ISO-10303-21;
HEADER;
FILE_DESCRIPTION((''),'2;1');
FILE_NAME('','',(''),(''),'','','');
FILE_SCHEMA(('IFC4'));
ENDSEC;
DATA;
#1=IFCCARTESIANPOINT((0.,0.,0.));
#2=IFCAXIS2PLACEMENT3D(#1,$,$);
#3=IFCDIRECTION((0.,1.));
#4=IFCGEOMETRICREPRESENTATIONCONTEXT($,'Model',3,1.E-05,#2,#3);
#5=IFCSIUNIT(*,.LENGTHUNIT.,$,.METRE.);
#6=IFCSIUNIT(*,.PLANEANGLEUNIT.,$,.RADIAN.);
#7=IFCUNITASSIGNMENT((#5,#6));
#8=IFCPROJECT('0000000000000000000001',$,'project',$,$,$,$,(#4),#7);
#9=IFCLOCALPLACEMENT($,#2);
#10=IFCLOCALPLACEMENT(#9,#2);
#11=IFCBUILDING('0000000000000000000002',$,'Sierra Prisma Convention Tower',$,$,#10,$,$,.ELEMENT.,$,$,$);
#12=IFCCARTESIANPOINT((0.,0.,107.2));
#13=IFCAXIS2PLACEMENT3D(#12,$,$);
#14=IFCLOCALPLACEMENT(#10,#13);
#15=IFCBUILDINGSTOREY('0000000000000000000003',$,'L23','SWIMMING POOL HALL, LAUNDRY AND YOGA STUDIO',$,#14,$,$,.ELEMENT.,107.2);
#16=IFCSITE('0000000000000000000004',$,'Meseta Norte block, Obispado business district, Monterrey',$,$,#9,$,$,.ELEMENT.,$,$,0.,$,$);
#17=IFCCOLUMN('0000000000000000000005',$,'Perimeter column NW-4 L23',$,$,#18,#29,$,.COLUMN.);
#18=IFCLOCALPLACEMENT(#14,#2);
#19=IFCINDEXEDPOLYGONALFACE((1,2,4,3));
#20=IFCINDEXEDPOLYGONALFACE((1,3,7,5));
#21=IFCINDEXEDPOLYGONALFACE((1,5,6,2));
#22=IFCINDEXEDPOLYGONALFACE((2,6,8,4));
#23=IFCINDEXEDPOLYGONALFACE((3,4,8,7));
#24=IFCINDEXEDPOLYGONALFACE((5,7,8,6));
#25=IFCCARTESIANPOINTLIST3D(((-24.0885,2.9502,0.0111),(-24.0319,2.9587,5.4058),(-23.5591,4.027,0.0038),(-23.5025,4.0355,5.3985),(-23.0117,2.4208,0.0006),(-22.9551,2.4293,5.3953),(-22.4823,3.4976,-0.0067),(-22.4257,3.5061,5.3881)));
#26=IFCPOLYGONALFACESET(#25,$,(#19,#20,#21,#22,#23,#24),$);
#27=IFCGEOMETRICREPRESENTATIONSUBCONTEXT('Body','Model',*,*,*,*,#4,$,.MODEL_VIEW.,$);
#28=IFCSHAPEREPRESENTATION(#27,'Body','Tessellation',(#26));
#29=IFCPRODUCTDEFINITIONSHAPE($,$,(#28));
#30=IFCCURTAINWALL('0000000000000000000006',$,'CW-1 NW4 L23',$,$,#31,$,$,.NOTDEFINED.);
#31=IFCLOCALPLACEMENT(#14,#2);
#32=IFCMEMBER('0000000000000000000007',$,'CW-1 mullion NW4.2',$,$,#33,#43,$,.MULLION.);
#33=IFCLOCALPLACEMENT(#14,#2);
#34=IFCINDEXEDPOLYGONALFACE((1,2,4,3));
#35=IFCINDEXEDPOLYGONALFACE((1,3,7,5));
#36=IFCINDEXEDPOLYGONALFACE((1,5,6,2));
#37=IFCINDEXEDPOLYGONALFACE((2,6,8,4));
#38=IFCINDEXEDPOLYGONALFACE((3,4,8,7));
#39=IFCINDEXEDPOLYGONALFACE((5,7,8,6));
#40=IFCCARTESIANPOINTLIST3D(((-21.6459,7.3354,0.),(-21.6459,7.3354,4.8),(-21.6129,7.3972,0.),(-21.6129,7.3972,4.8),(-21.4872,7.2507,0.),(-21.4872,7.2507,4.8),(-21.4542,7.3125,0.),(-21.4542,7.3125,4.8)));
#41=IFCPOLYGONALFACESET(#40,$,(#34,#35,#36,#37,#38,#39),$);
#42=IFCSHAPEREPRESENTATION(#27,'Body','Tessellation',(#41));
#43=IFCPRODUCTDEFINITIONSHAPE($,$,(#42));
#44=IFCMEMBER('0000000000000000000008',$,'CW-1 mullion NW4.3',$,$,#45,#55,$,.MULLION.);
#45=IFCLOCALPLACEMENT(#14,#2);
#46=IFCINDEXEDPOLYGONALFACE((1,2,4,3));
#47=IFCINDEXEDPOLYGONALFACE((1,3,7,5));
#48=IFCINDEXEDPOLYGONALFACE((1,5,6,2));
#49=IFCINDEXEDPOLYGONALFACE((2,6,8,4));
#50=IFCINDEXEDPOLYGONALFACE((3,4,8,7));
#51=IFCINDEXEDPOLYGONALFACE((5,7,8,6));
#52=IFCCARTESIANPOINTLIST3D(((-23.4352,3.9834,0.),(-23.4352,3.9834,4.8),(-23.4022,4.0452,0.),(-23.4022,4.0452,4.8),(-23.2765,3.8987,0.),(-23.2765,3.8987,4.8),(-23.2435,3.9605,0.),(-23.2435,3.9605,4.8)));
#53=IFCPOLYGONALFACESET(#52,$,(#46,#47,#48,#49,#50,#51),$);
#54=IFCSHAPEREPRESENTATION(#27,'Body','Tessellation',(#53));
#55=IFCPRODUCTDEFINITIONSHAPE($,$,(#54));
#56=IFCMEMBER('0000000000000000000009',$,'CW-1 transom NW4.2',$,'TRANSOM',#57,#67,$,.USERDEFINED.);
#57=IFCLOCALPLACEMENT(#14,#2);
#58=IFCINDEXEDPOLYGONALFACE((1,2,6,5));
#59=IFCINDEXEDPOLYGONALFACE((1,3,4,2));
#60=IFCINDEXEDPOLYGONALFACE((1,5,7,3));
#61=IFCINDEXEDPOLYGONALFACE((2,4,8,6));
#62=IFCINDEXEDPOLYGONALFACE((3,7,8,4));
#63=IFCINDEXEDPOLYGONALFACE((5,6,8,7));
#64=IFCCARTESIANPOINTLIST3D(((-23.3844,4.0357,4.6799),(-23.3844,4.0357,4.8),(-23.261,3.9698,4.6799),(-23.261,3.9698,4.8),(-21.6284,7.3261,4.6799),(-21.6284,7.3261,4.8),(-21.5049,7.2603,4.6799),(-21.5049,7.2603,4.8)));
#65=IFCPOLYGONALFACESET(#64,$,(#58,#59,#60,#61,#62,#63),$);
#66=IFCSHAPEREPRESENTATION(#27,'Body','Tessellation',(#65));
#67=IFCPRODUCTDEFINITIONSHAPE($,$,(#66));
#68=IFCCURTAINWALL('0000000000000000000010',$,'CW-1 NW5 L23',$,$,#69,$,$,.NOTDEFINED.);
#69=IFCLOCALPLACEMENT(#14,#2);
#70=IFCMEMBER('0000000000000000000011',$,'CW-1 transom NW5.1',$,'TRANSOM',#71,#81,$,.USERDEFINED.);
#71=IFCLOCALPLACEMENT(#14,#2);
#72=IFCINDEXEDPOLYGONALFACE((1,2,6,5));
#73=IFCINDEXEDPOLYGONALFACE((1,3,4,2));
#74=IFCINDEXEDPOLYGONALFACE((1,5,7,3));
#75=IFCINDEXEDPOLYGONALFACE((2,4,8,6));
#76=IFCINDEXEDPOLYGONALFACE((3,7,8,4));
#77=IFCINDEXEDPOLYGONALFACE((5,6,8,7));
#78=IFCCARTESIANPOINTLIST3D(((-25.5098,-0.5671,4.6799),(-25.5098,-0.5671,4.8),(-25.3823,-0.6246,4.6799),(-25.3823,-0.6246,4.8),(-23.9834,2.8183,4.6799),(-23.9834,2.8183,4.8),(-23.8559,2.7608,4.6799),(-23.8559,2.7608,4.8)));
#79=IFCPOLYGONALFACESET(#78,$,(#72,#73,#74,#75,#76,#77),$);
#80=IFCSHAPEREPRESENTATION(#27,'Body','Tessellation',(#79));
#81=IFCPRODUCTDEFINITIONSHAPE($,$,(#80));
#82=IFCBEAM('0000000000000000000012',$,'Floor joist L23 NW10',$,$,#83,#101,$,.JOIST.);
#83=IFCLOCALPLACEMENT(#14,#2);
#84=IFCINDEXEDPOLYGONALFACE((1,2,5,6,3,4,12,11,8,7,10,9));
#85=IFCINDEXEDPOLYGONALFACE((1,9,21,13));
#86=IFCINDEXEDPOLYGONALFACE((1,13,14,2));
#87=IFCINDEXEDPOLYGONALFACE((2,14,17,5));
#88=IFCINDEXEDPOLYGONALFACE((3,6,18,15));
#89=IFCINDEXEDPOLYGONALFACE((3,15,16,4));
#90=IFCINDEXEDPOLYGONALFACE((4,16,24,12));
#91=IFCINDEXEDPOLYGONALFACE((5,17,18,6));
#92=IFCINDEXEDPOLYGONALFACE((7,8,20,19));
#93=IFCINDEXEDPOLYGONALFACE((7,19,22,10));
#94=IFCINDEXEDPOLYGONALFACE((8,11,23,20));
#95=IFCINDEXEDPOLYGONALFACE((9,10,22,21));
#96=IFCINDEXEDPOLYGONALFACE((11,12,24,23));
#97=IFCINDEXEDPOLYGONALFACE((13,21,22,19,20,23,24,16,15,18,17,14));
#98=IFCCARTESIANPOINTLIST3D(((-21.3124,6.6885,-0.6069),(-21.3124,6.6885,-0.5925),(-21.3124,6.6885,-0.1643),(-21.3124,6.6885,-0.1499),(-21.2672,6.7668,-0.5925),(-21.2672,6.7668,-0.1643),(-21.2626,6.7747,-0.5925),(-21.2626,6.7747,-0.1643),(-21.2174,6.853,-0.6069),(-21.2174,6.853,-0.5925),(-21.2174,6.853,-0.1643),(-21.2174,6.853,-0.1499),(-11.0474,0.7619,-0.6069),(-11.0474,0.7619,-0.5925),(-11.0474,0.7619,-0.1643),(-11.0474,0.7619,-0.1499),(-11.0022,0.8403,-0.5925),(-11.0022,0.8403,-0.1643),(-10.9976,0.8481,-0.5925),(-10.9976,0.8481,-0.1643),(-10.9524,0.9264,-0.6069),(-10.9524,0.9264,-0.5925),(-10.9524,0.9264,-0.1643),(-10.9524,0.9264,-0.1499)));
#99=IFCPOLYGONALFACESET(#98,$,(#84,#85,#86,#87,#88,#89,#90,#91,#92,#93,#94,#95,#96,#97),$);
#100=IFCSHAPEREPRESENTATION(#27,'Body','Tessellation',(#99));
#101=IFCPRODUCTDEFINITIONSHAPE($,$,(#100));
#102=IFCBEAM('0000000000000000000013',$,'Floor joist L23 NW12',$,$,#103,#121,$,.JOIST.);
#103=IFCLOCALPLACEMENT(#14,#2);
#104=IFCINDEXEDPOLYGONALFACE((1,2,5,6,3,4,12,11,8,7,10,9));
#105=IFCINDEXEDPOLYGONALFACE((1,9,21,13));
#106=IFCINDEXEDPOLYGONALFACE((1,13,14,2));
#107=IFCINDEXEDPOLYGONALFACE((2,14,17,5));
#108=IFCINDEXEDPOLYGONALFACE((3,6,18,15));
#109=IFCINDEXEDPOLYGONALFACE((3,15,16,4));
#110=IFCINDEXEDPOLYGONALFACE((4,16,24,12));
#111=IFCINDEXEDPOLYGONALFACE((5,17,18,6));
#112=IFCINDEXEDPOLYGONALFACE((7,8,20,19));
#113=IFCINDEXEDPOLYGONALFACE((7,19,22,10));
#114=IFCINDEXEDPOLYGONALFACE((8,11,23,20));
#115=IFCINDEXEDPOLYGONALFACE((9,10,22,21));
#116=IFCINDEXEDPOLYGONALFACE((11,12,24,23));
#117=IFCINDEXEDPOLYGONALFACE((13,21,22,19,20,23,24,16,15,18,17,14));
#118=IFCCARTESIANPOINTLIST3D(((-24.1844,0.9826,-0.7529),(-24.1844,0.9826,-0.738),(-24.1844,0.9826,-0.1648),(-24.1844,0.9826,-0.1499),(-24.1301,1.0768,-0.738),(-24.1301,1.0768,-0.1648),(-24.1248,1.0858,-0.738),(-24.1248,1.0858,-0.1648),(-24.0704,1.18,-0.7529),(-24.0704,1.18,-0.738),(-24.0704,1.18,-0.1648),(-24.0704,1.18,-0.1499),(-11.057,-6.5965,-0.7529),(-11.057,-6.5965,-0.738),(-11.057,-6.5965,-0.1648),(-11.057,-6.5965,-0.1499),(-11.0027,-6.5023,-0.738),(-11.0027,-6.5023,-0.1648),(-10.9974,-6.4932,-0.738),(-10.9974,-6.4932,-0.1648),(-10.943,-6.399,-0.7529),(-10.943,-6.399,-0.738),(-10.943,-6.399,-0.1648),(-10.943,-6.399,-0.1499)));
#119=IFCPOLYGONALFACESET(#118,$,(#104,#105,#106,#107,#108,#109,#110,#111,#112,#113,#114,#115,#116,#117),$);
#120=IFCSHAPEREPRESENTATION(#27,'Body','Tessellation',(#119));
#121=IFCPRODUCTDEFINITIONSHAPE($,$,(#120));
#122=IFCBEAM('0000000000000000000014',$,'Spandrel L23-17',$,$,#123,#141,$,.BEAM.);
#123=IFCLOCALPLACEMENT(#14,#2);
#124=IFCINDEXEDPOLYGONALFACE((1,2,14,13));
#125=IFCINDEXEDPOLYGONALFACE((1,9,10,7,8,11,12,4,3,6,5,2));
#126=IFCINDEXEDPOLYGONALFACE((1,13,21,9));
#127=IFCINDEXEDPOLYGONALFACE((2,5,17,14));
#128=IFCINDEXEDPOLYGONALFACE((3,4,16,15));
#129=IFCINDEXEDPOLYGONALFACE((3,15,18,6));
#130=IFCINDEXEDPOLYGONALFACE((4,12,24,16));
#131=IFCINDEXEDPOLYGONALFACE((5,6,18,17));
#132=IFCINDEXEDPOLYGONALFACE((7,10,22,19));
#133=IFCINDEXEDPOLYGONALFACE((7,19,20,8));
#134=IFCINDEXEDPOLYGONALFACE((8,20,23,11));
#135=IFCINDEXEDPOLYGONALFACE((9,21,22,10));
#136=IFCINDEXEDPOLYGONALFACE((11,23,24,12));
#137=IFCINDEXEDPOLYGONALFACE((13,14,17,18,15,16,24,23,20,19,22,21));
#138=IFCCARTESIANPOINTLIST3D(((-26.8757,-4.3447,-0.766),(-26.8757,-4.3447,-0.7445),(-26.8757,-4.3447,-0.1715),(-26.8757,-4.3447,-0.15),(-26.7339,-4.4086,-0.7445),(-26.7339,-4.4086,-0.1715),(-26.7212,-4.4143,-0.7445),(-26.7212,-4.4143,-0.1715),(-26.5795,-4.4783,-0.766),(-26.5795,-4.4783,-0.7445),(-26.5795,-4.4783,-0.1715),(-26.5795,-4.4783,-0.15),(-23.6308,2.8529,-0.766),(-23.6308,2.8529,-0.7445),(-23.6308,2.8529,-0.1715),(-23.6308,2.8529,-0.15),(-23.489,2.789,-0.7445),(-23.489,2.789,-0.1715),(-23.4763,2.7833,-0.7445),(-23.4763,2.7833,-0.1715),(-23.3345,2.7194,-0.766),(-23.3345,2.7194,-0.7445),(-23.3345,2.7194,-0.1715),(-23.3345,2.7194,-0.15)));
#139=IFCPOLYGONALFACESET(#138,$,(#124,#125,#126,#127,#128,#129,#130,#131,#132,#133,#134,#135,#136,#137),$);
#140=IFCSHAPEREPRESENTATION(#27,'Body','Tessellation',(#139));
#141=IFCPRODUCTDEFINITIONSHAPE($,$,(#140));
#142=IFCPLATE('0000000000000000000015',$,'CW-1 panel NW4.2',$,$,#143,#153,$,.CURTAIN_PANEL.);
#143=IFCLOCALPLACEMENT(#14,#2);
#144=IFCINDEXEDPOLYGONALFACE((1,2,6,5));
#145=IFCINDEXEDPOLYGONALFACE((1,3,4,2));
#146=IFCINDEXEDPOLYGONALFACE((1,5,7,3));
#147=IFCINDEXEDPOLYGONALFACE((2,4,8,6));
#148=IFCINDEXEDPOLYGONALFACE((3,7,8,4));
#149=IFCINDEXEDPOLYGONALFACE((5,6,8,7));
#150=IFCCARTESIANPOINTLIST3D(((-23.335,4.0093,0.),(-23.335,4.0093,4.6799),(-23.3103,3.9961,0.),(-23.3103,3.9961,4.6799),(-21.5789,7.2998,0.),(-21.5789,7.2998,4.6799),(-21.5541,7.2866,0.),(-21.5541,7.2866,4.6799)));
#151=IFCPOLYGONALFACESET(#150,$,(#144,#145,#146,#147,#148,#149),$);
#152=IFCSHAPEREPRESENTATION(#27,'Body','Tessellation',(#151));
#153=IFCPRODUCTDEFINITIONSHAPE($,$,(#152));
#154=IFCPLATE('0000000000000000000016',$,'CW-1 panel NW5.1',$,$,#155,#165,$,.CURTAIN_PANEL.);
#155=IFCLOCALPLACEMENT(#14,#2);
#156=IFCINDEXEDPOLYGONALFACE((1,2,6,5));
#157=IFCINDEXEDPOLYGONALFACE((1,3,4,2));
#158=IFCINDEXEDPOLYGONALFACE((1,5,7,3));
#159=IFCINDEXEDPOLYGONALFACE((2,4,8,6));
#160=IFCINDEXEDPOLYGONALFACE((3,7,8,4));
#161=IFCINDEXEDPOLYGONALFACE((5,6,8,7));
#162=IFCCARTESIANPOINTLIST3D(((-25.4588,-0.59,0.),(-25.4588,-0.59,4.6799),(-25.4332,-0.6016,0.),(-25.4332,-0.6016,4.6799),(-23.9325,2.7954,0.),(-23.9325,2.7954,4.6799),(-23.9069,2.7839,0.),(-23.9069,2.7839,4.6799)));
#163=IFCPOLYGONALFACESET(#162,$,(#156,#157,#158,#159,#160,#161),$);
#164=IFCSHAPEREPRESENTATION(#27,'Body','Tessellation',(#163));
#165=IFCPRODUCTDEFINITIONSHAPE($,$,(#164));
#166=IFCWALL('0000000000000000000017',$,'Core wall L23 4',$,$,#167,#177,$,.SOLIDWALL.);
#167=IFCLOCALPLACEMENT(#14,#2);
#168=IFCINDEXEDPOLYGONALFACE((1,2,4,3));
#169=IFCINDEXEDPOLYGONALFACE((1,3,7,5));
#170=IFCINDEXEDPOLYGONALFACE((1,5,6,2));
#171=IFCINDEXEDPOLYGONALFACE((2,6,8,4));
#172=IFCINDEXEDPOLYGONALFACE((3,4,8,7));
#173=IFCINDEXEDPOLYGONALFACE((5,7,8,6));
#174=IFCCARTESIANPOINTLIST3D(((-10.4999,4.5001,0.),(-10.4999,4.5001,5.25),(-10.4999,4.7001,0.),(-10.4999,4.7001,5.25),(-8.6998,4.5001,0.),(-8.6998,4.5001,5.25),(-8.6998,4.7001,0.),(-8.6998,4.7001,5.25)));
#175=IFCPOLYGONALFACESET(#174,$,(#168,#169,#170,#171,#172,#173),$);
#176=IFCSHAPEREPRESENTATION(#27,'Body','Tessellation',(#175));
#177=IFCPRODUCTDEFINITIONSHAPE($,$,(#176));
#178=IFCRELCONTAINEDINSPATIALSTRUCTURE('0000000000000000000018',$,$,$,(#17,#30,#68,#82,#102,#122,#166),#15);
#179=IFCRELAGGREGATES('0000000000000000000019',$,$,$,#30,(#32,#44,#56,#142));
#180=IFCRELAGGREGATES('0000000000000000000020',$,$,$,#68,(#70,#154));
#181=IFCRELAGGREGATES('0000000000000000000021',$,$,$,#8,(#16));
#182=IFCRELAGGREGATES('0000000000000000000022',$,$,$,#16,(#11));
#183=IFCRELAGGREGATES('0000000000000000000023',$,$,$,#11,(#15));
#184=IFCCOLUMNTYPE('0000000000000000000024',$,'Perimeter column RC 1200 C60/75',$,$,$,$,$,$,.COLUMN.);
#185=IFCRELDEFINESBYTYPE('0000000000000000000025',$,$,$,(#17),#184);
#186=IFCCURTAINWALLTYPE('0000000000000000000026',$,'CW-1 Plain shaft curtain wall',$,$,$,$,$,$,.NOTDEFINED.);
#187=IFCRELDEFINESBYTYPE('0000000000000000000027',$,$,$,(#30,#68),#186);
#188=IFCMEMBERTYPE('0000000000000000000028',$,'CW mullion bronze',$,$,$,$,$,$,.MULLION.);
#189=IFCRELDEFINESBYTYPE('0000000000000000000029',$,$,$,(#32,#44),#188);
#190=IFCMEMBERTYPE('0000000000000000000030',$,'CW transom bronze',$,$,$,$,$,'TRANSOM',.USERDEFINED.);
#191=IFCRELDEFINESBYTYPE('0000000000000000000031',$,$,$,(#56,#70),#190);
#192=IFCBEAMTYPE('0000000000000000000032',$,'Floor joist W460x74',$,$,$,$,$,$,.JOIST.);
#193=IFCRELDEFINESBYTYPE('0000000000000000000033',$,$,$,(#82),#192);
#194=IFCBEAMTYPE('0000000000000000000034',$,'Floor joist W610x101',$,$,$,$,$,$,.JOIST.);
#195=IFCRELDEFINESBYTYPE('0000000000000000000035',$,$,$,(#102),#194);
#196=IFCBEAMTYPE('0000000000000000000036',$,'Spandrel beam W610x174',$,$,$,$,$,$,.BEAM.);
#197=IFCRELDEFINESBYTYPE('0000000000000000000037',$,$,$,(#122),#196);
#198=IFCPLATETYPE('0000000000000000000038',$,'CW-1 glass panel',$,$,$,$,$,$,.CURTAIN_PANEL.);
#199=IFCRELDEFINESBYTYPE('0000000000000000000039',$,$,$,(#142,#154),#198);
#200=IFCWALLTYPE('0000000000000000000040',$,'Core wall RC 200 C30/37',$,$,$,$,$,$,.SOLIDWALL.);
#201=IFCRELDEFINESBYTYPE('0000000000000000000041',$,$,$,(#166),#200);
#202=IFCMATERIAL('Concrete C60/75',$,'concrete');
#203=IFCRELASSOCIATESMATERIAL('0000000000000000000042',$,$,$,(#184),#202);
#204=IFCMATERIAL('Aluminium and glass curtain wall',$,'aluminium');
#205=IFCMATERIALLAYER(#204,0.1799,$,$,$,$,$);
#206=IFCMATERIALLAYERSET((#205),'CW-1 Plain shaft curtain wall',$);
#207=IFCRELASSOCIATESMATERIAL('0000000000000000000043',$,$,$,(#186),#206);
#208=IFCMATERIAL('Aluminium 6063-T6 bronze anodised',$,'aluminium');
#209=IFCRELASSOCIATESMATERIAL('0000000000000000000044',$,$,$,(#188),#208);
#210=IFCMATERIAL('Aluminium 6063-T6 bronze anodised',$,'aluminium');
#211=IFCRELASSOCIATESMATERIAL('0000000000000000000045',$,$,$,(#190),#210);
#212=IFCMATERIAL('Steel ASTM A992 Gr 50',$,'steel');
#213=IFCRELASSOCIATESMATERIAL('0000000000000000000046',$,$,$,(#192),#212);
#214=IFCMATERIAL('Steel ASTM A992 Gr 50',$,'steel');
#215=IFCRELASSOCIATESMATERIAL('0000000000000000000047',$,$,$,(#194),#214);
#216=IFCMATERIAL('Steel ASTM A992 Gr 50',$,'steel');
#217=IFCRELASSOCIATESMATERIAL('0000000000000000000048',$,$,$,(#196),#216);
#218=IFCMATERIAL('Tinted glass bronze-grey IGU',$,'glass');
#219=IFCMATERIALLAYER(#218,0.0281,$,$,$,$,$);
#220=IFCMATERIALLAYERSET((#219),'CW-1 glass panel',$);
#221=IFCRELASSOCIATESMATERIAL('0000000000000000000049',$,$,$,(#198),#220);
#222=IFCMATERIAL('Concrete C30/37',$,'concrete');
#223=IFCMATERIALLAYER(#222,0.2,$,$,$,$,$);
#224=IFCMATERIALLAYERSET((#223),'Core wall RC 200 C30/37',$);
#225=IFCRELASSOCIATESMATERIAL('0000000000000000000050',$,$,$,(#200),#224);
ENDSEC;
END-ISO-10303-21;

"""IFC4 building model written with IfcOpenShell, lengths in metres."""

from ifc_helpers import new_model, si_unit, direction, frame, frame_2d, origin, origin_2d, place, context, subcontext, project, spatial, rectangle, i_section, extrude, clip, halfspace, material, layer, layer_set, material_profile, profile_set, type_object, element, aggregate, save


model = new_model("IFC4")

# Units and contexts
model_context = context("Model", 3, precision=1e-05, world=origin(), true_north=direction((0.0, 1.0)))
body_context = subcontext(model_context, "Body", "Model", "MODEL_VIEW")
ifc_project = project(units=[si_unit("LENGTHUNIT", "METRE"), si_unit("PLANEANGLEUNIT", "RADIAN")], contexts=[model_context])

# Site, building, storey
site_placement = place(None, origin())
site = spatial("IfcSite", under=ifc_project, at=site_placement, Name="Meseta Norte block, Obispado business district, Monterrey", CompositionType="ELEMENT", RefElevation=0.0)
building_placement = place(site_placement, origin())
building = spatial("IfcBuilding", under=site, at=building_placement, Name="Sierra Prisma Convention Tower", CompositionType="ELEMENT")
storey_placement = place(building_placement, frame((0.0, 0.0, 107.2)))
storey = spatial("IfcBuildingStorey", under=building, at=storey_placement, Name="L23", Description="SWIMMING POOL HALL, LAUNDRY AND YOGA STUDIO", CompositionType="ELEMENT", Elevation=107.2)

# Column
ifc_material_1 = material(Name="Concrete C60/75", Category="concrete")
ifc_material_profile_1 = material_profile(ifc_material_1, rectangle(XDim=1.2, YDim=1.2, at=origin_2d()), Name="Perimeter column RC 1200 C60/75")
ifc_profile_set_1 = profile_set([ifc_material_profile_1], Name="Concrete C60/75")
column_type = type_object("IfcColumnType", Name="Perimeter column RC 1200 C60/75", PredefinedType="COLUMN", material=ifc_profile_set_1)
column_placement = place(storey_placement, frame((-23.2854, 3.2239, 0.0), z_axis=(0.010488, 0.001582, 0.999944), x_axis=(0.441148, 0.897414, -0.006047)))
element("IfcColumn", 1, at=column_placement, inside=storey, type_object=column_type, Name="Perimeter column NW-4 L23", PredefinedType="COLUMN", context=body_context, shape_type="SweptSolid", body=[
    clip(clip(extrude(rectangle(XDim=1.2, YDim=1.2, at=origin_2d()), origin(), (0.0, 0.0, 1.0), 5.4004), halfspace(frame((0.0, 0.0, 0.0022)), True)), halfspace(frame((0.0, 0.0, 5.3972)), False)),
])

# Curtain wall, members
ifc_material_2 = material(Name="Aluminium and glass curtain wall", Category="aluminium")
ifc_layer_1 = layer(ifc_material_2, 0.1799)
ifc_layer_set_1 = layer_set([ifc_layer_1], Name="CW-1 Plain shaft curtain wall")
curtain_wall_type = type_object("IfcCurtainWallType", Name="CW-1 Plain shaft curtain wall", PredefinedType="NOTDEFINED", material=ifc_layer_set_1)
curtain_wall_1_placement = place(storey_placement, origin())
curtain_wall_1 = element("IfcCurtainWall", 2, at=curtain_wall_1_placement, inside=storey, type_object=curtain_wall_type, Name="CW-1 NW4 L23", PredefinedType="NOTDEFINED")
ifc_material_3 = material(Name="Aluminium 6063-T6 bronze anodised", Category="aluminium")
ifc_material_profile_2 = material_profile(ifc_material_3, rectangle(XDim=0.1799, YDim=0.0701, at=origin_2d()), Name="ALU MULLION 70x180")
ifc_profile_set_2 = profile_set([ifc_material_profile_2], Name="Aluminium 6063-T6 bronze anodised")
member_type_1 = type_object("IfcMemberType", Name="CW mullion bronze", PredefinedType="MULLION", material=ifc_profile_set_2)
member_1_placement = place(storey_placement, frame((-21.55, 7.324, 0.0), z_axis=(0.0, 0.0, 1.0), x_axis=(0.882214, -0.470848, 0.0)))
member_1 = element("IfcMember", 3, at=member_1_placement, type_object=member_type_1, Name="CW-1 mullion NW4.2", PredefinedType="MULLION", context=body_context, shape_type="SweptSolid", body=[
    extrude(rectangle(XDim=0.1799, YDim=0.0701, at=origin_2d()), origin(), (0.0, 0.0, 1.0), 4.8),
])
member_2_placement = place(storey_placement, frame((-23.3394, 3.9719, 0.0), z_axis=(0.0, 0.0, 1.0), x_axis=(0.882214, -0.470848, 0.0)))
member_2 = element("IfcMember", 4, at=member_2_placement, type_object=member_type_1, Name="CW-1 mullion NW4.3", PredefinedType="MULLION", context=body_context, shape_type="SweptSolid", body=[
    extrude(rectangle(XDim=0.1799, YDim=0.0701, at=origin_2d()), origin(), (0.0, 0.0, 1.0), 4.8),
])
ifc_material_4 = material(Name="Aluminium 6063-T6 bronze anodised", Category="aluminium")
ifc_material_profile_3 = material_profile(ifc_material_4, rectangle(XDim=0.1399, YDim=0.1201, at=origin_2d()), Name="ALU TRANSOM 120x140")
ifc_profile_set_3 = profile_set([ifc_material_profile_3], Name="Aluminium 6063-T6 bronze anodised")
member_type_2 = type_object("IfcMemberType", Name="CW transom bronze", ElementType="TRANSOM", PredefinedType="USERDEFINED", material=ifc_profile_set_3)
member_3_placement = place(storey_placement, frame((-21.5667, 7.2932, 4.74), z_axis=(-0.470829, -0.882224, 0.0), x_axis=(0.882224, -0.470829, 0.0)))
member_3 = element("IfcMember", 5, at=member_3_placement, type_object=member_type_2, Name="CW-1 transom NW4.2", ObjectType="TRANSOM", PredefinedType="USERDEFINED", context=body_context, shape_type="SweptSolid", body=[
    extrude(rectangle(XDim=0.1399, YDim=0.1201, at=origin_2d()), origin(), (0.0, 0.0, 1.0), 3.7297),
])

# Curtain wall, member
curtain_wall_2_placement = place(storey_placement, origin())
curtain_wall_2 = element("IfcCurtainWall", 6, at=curtain_wall_2_placement, inside=storey, type_object=curtain_wall_type, Name="CW-1 NW5 L23", PredefinedType="NOTDEFINED")
member_4_placement = place(storey_placement, frame((-23.9197, 2.7896, 4.74), z_axis=(-0.411012, -0.91163, 0.0), x_axis=(0.91163, -0.411012, 0.0)))
member_4 = element("IfcMember", 7, at=member_4_placement, type_object=member_type_2, Name="CW-1 transom NW5.1", ObjectType="TRANSOM", PredefinedType="USERDEFINED", context=body_context, shape_type="SweptSolid", body=[
    extrude(rectangle(XDim=0.1399, YDim=0.1201, at=origin_2d()), origin(), (0.0, 0.0, 1.0), 3.7136),
])

# Beams
ifc_material_5 = material(Name="Steel ASTM A992 Gr 50", Category="steel")
ifc_material_profile_4 = material_profile(ifc_material_5, i_section(OverallWidth=0.1899, OverallDepth=0.457, WebThickness=0.009, FlangeThickness=0.0144, at=origin_2d()), Name="W460x74")
ifc_profile_set_4 = profile_set([ifc_material_profile_4], Name="Steel ASTM A992 Gr 50")
beam_type_1 = type_object("IfcBeamType", Name="Floor joist W460x74", PredefinedType="JOIST", material=ifc_profile_set_4)
beam_1_placement = place(storey_placement, frame((-21.2649, 6.7708, -0.3784), z_axis=(0.866023, -0.500005, 0.0), x_axis=(0.500005, 0.866023, 0.0)))
element("IfcBeam", 8, at=beam_1_placement, inside=storey, type_object=beam_type_1, Name="Floor joist L23 NW10", PredefinedType="JOIST", context=body_context, shape_type="SweptSolid", body=[
    extrude(i_section(OverallWidth=0.1899, OverallDepth=0.457, WebThickness=0.009, FlangeThickness=0.0144, at=origin_2d()), origin(), (0.0, 0.0, 1.0), 11.853),
])
ifc_material_6 = material(Name="Steel ASTM A992 Gr 50", Category="steel")
ifc_material_profile_5 = material_profile(ifc_material_6, i_section(OverallWidth=0.228, OverallDepth=0.603, WebThickness=0.0105, FlangeThickness=0.0149, at=origin_2d()), Name="W610x101")
ifc_profile_set_5 = profile_set([ifc_material_profile_5], Name="Steel ASTM A992 Gr 50")
beam_type_2 = type_object("IfcBeamType", Name="Floor joist W610x101", PredefinedType="JOIST", material=ifc_profile_set_5)
beam_2_placement = place(storey_placement, frame((-24.1274, 1.0813, -0.4514), z_axis=(0.866026, -0.499999, 0.0), x_axis=(0.499999, 0.866026, 0.0)))
element("IfcBeam", 9, at=beam_2_placement, inside=storey, type_object=beam_type_2, Name="Floor joist L23 NW12", PredefinedType="JOIST", context=body_context, shape_type="SweptSolid", body=[
    extrude(i_section(OverallWidth=0.228, OverallDepth=0.603, WebThickness=0.0105, FlangeThickness=0.0149, at=origin_2d()), origin(), (0.0, 0.0, 1.0), 15.1582),
])
ifc_material_7 = material(Name="Steel ASTM A992 Gr 50", Category="steel")
ifc_material_profile_6 = material_profile(ifc_material_7, i_section(OverallWidth=0.325, OverallDepth=0.616, WebThickness=0.0139, FlangeThickness=0.0215, at=origin_2d()), Name="W610x174")
ifc_profile_set_6 = profile_set([ifc_material_profile_6], Name="Steel ASTM A992 Gr 50")
beam_type_3 = type_object("IfcBeamType", Name="Spandrel beam W610x174", PredefinedType="BEAM", material=ifc_profile_set_6)
beam_3_placement = place(storey_placement, frame((-23.4827, 2.7861, -0.458), z_axis=(-0.410996, -0.911637, 0.0), x_axis=(0.911637, -0.410996, 0.0)))
element("IfcBeam", 10, at=beam_3_placement, inside=storey, type_object=beam_type_3, Name="Spandrel L23-17", PredefinedType="BEAM", context=body_context, shape_type="SweptSolid", body=[
    extrude(i_section(OverallWidth=0.325, OverallDepth=0.616, WebThickness=0.0139, FlangeThickness=0.0215, at=origin_2d()), origin(), (0.0, 0.0, 1.0), 7.8953),
])

# Plates
ifc_material_8 = material(Name="Tinted glass bronze-grey IGU", Category="glass")
ifc_layer_2 = layer(ifc_material_8, 0.0281)
ifc_layer_set_2 = layer_set([ifc_layer_2], Name="CW-1 glass panel")
plate_type = type_object("IfcPlateType", Name="CW-1 glass panel", PredefinedType="CURTAIN_PANEL", material=ifc_layer_set_2)
plate_1_placement = place(storey_placement, frame((-22.4446, 5.6479, 0.0), z_axis=(0.0, 0.0, 1.0), x_axis=(-0.470848, -0.882214, 0.0)))
plate_1 = element("IfcPlate", 11, at=plate_1_placement, type_object=plate_type, Name="CW-1 panel NW4.2", PredefinedType="CURTAIN_PANEL", context=body_context, shape_type="SweptSolid", body=[
    extrude(rectangle(XDim=3.7297, YDim=0.0281, at=origin_2d()), origin(), (0.0, 0.0, 1.0), 4.6799),
])
aggregate(curtain_wall_1, [member_1, member_2, member_3, plate_1])
plate_2_placement = place(storey_placement, frame((-24.6829, 1.0969, 0.0), z_axis=(0.0, 0.0, 1.0), x_axis=(-0.411006, -0.911632, 0.0)))
plate_2 = element("IfcPlate", 12, at=plate_2_placement, type_object=plate_type, Name="CW-1 panel NW5.1", PredefinedType="CURTAIN_PANEL", context=body_context, shape_type="SweptSolid", body=[
    extrude(rectangle(XDim=3.7136, YDim=0.0281, at=origin_2d()), origin(), (0.0, 0.0, 1.0), 4.6799),
])
aggregate(curtain_wall_2, [member_4, plate_2])

# Shared definitions
ifc_material_9 = material(Name="Concrete C30/37", Category="concrete")
ifc_layer_3 = layer(ifc_material_9, 0.2)
ifc_layer_set_3 = layer_set([ifc_layer_3], Name="Core wall RC 200 C30/37")
wall_type = type_object("IfcWallType", Name="Core wall RC 200 C30/37", PredefinedType="SOLIDWALL", material=ifc_layer_set_3)

# Wall
wall_1_placement = place(storey_placement, frame((-8.7, 4.6001, 0.0), z_axis=(0.0, 0.0, 1.0), x_axis=(-1.0, 0.0, 0.0)))
element("IfcWall", 13, at=wall_1_placement, inside=storey, type_object=wall_type, Name="Core wall L23 4", PredefinedType="SOLIDWALL", context=body_context, shape_type="SweptSolid", body=[
    extrude(rectangle(XDim=1.8, YDim=0.2, at=frame_2d((0.8999, 0.0))), origin(), (0.0, 0.0, 1.0), 5.25),
])

save(model, "model.ifc")
